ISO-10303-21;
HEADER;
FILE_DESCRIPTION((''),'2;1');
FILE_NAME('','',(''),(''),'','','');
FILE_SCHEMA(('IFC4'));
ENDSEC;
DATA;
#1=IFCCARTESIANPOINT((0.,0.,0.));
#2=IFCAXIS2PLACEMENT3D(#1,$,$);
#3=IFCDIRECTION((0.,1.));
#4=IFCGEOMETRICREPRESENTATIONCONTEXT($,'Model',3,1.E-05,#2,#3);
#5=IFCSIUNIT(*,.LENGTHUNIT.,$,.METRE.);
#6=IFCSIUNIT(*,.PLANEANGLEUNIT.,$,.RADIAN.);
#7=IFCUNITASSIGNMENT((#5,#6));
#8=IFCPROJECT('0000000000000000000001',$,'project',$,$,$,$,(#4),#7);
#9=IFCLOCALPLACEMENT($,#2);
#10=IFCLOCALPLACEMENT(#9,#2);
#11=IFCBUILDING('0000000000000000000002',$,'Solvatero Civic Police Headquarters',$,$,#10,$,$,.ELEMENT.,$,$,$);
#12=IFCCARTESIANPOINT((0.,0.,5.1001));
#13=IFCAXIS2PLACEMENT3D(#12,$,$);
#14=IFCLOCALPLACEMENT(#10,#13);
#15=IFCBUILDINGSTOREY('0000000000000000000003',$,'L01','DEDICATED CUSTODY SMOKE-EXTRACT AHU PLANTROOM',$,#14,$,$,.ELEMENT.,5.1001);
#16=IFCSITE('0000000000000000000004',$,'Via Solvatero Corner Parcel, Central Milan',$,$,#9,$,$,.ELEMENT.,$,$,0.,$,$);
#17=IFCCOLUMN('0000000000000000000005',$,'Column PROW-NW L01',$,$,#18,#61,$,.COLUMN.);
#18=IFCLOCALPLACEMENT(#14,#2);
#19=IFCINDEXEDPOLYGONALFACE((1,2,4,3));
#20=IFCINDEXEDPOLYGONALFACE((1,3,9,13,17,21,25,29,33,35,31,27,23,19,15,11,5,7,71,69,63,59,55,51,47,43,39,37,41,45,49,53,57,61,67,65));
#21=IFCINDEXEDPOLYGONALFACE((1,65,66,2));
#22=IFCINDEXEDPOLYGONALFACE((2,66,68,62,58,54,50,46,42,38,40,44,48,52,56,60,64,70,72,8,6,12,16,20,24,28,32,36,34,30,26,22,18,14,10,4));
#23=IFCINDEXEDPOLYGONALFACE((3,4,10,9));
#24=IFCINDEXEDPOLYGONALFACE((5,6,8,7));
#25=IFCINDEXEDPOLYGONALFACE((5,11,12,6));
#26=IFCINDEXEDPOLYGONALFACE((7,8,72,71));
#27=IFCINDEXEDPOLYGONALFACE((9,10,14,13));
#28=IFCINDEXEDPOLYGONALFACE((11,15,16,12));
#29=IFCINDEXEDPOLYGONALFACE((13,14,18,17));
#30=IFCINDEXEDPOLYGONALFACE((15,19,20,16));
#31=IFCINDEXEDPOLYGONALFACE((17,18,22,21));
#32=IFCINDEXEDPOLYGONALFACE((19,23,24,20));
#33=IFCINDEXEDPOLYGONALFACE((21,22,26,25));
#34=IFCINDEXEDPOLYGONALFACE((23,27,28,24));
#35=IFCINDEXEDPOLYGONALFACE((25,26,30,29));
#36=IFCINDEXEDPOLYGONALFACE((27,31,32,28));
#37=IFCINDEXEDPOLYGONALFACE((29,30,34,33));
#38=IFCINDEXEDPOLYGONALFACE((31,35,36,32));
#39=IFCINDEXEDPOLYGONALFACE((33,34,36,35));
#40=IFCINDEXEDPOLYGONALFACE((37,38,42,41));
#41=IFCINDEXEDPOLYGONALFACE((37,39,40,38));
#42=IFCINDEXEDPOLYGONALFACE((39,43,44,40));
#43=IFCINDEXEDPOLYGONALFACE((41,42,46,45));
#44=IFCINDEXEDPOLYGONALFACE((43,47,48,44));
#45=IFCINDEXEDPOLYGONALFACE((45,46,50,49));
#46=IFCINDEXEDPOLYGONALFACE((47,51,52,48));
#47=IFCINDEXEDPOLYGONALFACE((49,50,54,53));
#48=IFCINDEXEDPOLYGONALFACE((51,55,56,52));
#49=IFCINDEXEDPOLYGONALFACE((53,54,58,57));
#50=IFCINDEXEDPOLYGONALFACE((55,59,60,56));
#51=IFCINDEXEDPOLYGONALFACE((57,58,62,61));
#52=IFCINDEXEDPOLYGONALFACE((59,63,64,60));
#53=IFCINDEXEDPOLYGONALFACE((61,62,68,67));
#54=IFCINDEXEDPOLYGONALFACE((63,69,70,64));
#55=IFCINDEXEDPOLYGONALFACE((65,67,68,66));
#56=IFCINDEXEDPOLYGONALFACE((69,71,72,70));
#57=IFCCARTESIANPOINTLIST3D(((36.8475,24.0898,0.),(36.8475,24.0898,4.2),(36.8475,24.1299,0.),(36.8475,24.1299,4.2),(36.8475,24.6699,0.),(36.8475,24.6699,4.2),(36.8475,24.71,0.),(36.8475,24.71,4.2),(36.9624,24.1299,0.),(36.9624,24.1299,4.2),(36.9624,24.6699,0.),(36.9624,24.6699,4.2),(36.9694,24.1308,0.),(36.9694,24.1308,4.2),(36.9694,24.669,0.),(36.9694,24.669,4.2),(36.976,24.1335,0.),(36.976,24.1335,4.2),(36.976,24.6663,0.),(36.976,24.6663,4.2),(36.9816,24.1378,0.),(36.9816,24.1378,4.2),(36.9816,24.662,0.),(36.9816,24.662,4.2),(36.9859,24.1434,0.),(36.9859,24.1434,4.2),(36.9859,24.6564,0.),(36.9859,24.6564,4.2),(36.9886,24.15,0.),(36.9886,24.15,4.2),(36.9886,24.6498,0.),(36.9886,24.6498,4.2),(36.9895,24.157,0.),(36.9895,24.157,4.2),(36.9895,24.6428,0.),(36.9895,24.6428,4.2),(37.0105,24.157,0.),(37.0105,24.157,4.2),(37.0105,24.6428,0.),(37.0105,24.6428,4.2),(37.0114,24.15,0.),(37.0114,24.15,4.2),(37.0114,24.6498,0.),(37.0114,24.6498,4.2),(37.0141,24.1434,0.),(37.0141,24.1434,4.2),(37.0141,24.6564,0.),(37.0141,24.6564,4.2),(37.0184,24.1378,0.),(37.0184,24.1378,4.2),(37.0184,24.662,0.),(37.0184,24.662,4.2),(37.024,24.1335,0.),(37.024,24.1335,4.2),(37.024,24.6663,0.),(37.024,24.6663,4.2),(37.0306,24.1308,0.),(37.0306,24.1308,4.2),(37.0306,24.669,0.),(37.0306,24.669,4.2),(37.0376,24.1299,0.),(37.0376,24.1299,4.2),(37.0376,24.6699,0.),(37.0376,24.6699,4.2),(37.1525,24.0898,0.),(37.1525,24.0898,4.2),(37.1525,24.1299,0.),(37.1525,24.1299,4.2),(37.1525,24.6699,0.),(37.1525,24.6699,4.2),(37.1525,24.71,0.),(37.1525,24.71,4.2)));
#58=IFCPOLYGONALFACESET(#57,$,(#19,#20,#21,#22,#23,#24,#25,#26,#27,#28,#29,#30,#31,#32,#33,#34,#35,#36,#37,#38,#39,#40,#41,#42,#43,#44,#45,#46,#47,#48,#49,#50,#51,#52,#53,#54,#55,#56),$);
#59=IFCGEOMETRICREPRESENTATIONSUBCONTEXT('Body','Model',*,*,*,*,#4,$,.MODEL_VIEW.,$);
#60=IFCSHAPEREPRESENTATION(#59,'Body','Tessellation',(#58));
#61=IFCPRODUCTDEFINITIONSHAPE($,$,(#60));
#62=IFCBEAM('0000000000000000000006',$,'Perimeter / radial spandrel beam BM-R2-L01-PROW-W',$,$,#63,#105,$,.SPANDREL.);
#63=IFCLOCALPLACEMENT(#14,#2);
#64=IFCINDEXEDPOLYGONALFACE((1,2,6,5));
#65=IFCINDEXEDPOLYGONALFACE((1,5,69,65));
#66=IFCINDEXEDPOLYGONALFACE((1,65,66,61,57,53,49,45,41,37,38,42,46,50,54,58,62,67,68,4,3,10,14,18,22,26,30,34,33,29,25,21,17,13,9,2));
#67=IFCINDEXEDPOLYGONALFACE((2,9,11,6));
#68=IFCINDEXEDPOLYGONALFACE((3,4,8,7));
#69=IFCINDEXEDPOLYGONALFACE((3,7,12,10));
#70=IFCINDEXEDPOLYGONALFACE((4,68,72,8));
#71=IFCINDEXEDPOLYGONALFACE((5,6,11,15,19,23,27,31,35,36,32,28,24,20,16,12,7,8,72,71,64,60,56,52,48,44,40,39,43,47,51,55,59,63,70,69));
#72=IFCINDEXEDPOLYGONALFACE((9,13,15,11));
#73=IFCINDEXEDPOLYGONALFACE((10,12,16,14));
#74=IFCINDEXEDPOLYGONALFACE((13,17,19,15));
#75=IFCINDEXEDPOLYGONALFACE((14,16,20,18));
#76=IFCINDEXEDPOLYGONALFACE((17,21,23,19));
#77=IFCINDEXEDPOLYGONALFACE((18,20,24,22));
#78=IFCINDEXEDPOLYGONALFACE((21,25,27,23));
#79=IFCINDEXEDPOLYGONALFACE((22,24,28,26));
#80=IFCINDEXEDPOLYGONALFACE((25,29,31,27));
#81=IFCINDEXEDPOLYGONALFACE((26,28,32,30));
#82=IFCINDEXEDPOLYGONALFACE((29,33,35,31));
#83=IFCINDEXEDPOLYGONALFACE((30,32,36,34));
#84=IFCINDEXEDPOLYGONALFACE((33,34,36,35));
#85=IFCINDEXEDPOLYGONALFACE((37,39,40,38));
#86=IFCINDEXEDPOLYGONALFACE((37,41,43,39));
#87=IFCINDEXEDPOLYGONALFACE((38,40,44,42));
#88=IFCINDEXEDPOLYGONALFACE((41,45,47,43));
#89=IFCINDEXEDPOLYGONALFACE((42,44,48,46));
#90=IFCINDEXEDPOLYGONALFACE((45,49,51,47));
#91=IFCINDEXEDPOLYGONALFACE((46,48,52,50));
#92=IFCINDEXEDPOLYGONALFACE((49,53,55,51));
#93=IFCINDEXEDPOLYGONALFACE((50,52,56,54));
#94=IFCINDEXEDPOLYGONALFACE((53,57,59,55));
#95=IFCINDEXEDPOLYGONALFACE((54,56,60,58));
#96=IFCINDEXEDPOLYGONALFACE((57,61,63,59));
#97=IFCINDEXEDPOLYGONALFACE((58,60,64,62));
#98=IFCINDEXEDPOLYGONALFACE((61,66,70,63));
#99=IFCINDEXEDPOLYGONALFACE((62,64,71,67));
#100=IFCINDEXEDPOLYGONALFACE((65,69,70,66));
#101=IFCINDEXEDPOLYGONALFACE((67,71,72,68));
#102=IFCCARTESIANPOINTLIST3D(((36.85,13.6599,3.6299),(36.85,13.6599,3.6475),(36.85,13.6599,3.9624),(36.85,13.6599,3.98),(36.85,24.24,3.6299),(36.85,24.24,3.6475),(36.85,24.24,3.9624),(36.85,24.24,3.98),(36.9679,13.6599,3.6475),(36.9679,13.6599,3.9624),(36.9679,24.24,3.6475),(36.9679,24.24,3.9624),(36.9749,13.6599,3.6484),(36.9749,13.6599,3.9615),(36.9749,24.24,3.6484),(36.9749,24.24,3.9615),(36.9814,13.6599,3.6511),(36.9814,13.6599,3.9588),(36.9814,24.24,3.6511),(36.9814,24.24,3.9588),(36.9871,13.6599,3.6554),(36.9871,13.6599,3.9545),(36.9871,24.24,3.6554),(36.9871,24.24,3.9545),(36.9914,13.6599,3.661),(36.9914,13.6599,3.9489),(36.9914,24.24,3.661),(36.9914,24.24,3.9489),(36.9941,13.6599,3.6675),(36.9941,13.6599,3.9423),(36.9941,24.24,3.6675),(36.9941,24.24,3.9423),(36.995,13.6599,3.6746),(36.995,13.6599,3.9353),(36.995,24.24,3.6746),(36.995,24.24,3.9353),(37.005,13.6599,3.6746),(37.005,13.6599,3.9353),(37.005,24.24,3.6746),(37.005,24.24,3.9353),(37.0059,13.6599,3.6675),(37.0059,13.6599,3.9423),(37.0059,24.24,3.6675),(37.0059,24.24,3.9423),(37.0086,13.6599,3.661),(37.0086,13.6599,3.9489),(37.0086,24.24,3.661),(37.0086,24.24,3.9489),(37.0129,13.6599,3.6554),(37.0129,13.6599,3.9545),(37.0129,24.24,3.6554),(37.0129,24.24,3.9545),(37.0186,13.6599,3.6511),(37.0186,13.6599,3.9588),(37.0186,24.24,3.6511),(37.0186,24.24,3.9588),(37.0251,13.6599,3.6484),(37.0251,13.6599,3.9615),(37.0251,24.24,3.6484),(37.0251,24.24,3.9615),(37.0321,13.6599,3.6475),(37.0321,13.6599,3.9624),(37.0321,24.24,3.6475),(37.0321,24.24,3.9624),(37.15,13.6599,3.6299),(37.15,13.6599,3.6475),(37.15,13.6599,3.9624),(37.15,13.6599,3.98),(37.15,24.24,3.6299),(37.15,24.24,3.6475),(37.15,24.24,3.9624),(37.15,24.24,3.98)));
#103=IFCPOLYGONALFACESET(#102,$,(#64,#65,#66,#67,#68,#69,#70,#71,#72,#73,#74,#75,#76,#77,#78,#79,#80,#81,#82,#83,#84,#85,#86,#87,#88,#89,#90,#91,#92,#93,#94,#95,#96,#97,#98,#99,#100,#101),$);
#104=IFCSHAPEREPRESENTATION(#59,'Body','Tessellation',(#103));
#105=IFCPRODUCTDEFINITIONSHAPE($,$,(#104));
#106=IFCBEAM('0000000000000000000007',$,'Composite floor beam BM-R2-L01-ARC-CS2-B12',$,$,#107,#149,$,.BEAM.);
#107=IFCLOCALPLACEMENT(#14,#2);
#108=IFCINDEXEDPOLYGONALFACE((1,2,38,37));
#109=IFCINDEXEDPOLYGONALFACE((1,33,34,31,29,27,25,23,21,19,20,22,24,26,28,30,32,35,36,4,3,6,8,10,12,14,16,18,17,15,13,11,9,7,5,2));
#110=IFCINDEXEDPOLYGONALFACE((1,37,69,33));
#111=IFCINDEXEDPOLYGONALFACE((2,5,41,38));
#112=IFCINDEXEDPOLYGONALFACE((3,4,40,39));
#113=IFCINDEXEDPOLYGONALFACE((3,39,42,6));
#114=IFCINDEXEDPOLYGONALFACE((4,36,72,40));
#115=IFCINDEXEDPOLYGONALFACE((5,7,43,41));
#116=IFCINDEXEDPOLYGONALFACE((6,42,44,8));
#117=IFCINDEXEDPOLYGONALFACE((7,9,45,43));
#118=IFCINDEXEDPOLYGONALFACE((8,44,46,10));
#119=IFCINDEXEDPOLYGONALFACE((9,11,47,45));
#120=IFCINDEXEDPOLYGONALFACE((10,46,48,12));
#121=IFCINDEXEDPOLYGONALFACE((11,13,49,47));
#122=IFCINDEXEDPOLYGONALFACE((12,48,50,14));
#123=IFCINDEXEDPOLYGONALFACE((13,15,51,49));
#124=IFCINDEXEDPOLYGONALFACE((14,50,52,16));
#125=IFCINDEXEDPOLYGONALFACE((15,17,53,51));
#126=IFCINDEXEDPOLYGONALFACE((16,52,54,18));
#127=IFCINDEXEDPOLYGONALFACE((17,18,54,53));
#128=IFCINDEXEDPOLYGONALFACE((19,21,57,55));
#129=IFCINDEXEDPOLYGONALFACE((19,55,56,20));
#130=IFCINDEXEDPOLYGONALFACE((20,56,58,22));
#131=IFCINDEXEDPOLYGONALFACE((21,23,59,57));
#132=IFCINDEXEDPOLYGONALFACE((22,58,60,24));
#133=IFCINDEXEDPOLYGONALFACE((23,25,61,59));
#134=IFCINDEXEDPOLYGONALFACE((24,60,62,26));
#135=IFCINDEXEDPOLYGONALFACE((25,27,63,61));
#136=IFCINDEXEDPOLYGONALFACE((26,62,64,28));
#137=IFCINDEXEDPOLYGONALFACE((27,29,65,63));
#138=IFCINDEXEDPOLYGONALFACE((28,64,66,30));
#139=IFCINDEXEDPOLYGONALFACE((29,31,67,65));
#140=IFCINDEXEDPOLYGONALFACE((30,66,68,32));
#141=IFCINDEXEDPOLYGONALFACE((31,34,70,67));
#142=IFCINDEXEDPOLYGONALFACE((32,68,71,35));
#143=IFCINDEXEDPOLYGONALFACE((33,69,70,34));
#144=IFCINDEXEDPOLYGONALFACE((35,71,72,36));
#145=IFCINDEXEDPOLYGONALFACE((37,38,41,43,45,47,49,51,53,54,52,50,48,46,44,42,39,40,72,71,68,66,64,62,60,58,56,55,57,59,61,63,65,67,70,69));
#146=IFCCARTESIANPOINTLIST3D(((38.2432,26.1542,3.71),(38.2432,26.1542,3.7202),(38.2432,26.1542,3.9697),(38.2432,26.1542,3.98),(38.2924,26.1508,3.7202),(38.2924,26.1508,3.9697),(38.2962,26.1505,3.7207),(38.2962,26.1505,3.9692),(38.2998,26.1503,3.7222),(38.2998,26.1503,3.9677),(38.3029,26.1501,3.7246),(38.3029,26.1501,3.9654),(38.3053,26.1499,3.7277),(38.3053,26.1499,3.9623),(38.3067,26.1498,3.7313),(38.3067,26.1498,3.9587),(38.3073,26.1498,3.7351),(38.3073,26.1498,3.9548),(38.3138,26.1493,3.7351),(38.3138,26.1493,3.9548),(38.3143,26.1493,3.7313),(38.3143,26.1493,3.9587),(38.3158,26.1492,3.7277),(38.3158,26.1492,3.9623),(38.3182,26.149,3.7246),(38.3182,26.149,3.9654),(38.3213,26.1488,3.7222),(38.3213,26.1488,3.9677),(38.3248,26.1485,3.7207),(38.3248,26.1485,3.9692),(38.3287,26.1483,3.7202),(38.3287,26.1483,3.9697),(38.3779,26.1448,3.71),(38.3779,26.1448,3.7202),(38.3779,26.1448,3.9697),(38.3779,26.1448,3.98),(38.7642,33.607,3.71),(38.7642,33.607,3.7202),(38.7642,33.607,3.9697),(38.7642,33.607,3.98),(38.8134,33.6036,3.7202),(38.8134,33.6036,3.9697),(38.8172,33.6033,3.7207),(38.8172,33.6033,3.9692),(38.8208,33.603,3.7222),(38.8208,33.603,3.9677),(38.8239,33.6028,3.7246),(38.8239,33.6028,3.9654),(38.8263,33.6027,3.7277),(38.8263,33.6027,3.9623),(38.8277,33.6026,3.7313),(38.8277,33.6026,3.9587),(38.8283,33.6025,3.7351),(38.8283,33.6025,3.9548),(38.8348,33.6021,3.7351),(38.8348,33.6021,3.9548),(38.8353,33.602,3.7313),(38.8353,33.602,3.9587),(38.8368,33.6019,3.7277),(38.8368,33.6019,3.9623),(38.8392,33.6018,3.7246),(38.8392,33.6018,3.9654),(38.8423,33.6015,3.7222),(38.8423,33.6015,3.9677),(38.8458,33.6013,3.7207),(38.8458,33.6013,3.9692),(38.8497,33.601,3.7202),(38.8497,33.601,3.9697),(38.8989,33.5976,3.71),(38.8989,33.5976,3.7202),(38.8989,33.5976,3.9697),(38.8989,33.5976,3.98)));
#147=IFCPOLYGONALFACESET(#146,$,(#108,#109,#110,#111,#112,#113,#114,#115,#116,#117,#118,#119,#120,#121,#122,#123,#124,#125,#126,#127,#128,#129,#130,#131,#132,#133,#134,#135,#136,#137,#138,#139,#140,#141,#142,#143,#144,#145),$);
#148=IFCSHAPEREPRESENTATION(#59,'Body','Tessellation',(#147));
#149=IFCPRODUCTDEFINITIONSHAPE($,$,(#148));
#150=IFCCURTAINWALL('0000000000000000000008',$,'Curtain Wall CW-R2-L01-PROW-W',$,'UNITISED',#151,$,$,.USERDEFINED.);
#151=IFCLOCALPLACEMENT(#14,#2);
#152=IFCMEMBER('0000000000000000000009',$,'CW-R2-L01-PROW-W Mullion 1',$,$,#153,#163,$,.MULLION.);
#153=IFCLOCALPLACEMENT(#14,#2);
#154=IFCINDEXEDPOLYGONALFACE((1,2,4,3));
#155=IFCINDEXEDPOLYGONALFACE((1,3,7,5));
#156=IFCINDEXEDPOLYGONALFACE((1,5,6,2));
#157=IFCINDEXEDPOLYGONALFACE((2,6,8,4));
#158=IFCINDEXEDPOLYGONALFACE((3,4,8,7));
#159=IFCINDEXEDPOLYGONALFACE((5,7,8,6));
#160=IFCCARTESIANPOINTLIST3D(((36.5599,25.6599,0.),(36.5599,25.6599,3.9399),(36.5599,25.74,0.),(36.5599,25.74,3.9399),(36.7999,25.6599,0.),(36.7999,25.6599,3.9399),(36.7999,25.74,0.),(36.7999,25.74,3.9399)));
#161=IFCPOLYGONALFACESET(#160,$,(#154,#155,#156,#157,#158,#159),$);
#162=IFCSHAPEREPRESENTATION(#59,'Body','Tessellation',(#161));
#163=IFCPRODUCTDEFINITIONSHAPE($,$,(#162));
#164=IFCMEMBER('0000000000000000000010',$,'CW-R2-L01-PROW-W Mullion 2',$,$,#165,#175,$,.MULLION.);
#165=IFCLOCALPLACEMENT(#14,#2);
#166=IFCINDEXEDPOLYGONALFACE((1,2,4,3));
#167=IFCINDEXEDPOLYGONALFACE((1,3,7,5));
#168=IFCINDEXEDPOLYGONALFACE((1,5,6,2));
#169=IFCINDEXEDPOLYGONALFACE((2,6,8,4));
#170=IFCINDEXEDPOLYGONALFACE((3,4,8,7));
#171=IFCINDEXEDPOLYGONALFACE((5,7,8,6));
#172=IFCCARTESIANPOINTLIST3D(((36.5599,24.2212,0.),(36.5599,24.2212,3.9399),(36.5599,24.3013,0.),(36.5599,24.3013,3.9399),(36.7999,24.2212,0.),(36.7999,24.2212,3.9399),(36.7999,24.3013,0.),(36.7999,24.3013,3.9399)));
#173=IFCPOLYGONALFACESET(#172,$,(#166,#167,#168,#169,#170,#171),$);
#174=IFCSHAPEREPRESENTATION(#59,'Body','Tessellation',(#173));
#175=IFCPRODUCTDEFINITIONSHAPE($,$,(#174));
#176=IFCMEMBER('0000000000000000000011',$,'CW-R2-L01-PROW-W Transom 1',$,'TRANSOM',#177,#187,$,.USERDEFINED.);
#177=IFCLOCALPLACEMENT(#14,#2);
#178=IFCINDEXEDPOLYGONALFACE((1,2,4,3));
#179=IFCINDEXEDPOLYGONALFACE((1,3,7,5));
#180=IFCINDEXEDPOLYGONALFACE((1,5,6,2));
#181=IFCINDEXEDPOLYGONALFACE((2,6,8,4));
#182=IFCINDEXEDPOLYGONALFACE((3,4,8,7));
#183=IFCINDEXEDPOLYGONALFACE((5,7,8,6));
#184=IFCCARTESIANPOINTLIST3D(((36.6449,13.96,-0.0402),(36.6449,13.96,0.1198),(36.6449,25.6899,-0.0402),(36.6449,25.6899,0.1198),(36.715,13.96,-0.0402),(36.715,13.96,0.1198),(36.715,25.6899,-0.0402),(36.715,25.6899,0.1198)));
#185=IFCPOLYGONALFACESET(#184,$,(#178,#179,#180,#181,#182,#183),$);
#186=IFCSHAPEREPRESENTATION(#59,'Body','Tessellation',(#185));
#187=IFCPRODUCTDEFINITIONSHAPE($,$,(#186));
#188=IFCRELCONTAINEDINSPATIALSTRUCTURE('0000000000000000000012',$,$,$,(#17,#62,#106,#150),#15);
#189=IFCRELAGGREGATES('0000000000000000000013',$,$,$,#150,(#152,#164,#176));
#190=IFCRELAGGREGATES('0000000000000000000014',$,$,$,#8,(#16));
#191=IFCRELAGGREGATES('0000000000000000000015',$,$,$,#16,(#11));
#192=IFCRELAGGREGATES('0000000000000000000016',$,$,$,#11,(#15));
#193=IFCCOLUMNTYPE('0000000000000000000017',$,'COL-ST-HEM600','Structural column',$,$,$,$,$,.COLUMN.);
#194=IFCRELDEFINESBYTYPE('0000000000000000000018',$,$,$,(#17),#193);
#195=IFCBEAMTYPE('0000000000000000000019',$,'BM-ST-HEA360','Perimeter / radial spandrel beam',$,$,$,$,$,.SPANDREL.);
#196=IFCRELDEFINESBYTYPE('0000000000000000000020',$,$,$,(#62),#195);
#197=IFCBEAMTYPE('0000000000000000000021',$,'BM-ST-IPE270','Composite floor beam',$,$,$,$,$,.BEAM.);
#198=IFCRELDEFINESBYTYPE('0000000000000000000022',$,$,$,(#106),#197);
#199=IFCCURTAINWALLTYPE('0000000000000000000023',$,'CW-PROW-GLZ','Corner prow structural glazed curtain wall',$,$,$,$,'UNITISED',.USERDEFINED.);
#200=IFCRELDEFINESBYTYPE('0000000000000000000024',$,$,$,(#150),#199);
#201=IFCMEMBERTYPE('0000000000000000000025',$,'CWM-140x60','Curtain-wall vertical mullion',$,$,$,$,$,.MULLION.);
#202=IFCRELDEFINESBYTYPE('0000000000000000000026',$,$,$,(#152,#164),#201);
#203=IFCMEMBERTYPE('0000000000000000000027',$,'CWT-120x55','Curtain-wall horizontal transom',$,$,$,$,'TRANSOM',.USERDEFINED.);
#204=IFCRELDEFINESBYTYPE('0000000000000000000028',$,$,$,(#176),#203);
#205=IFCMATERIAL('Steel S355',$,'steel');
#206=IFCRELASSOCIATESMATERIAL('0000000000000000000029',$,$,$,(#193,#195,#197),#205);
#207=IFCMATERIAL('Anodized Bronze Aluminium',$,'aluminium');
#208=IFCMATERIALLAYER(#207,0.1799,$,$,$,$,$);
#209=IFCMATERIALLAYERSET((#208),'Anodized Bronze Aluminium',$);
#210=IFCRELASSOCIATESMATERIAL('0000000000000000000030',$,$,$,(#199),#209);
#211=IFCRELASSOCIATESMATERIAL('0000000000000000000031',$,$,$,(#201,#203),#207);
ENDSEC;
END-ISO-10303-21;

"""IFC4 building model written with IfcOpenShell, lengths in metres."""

from ifc_helpers import new_model, si_unit, direction, frame, origin, origin_2d, place, context, subcontext, project, spatial, rectangle, i_section, extrude, material, layer, layer_set, material_profile, profile_set, type_object, element, aggregate, save


model = new_model("IFC4")

# Units and contexts
model_context = context("Model", 3, precision=1e-05, world=origin(), true_north=direction((0.0, 1.0)))
body_context = subcontext(model_context, "Body", "Model", "MODEL_VIEW")
ifc_project = project(units=[si_unit("LENGTHUNIT", "METRE"), si_unit("PLANEANGLEUNIT", "RADIAN")], contexts=[model_context])

# Site, building, storey
site_placement = place(None, origin())
site = spatial("IfcSite", under=ifc_project, at=site_placement, Name="Via Solvatero Corner Parcel, Central Milan", CompositionType="ELEMENT", RefElevation=0.0)
building_placement = place(site_placement, origin())
building = spatial("IfcBuilding", under=site, at=building_placement, Name="Solvatero Civic Police Headquarters", CompositionType="ELEMENT")
storey_placement = place(building_placement, frame((0.0, 0.0, 5.1001)))
storey = spatial("IfcBuildingStorey", under=building, at=storey_placement, Name="L01", Description="DEDICATED CUSTODY SMOKE-EXTRACT AHU PLANTROOM", CompositionType="ELEMENT", Elevation=5.1001)

# Column
ifc_material_1 = material(Name="Steel S355", Category="steel")
ifc_material_profile_1 = material_profile(ifc_material_1, i_section(OverallWidth=0.3049, OverallDepth=0.6201, WebThickness=0.021, FlangeThickness=0.04, FilletRadius=0.0271, at=origin_2d()), Name="HEM 600")
ifc_profile_set_1 = profile_set([ifc_material_profile_1], Name="Steel S355")
column_type = type_object("IfcColumnType", Name="COL-ST-HEM600", Description="Structural column", PredefinedType="COLUMN", material=ifc_profile_set_1)
column_placement = place(storey_placement, frame((37.0, 24.3999, 0.0), z_axis=(0.0, 0.0, 1.0), x_axis=(1.0, 0.0, 0.0)))
element("IfcColumn", 1, at=column_placement, inside=storey, type_object=column_type, Name="Column PROW-NW L01", PredefinedType="COLUMN", context=body_context, shape_type="SweptSolid", body=[
    extrude(i_section(OverallWidth=0.3049, OverallDepth=0.6201, WebThickness=0.021, FlangeThickness=0.04, FilletRadius=0.0271, at=origin_2d()), origin(), (0.0, 0.0, 1.0), 4.2),
])

# Beams
ifc_material_profile_2 = material_profile(ifc_material_1, i_section(OverallWidth=0.3, OverallDepth=0.3501, WebThickness=0.01, FlangeThickness=0.0176, FilletRadius=0.0271, at=origin_2d()), Name="HEA 360")
ifc_profile_set_2 = profile_set([ifc_material_profile_2], Name="Steel S355")
beam_type_1 = type_object("IfcBeamType", Name="BM-ST-HEA360", Description="Perimeter / radial spandrel beam", PredefinedType="SPANDREL", material=ifc_profile_set_2)
beam_1_placement = place(storey_placement, frame((37.0, 24.24, 3.8049), z_axis=(0.0, -1.0, 0.0), x_axis=(1.0, 0.0, 0.0)))
element("IfcBeam", 2, at=beam_1_placement, inside=storey, type_object=beam_type_1, Name="Perimeter / radial spandrel beam BM-R2-L01-PROW-W", PredefinedType="SPANDREL", context=body_context, shape_type="SweptSolid", body=[
    extrude(i_section(OverallWidth=0.3, OverallDepth=0.3501, WebThickness=0.01, FlangeThickness=0.0176, FilletRadius=0.0271, at=origin_2d()), origin(), (0.0, 0.0, 1.0), 10.5801),
])
ifc_material_profile_3 = material_profile(ifc_material_1, i_section(OverallWidth=0.135, OverallDepth=0.27, WebThickness=0.0066, FlangeThickness=0.0103, FilletRadius=0.0149, at=origin_2d()), Name="IPE 270")
ifc_profile_set_3 = profile_set([ifc_material_profile_3], Name="Steel S355")
beam_type_2 = type_object("IfcBeamType", Name="BM-ST-IPE270", Description="Composite floor beam", PredefinedType="BEAM", material=ifc_profile_set_3)
beam_2_placement = place(storey_placement, frame((38.8315, 33.6023, 3.845), z_axis=(-0.069737, -0.997565, 0.0), x_axis=(0.997565, -0.069737, 0.0)))
element("IfcBeam", 3, at=beam_2_placement, inside=storey, type_object=beam_type_2, Name="Composite floor beam BM-R2-L01-ARC-CS2-B12", PredefinedType="BEAM", context=body_context, shape_type="SweptSolid", body=[
    extrude(i_section(OverallWidth=0.135, OverallDepth=0.27, WebThickness=0.0066, FlangeThickness=0.0103, FilletRadius=0.0149, at=origin_2d()), origin(), (0.0, 0.0, 1.0), 7.4709),
])

# Curtain wall, members
ifc_material_2 = material(Name="Anodized Bronze Aluminium", Category="aluminium")
ifc_layer_1 = layer(ifc_material_2, 0.1799)
ifc_layer_set_1 = layer_set([ifc_layer_1], Name="Anodized Bronze Aluminium")
curtain_wall_type = type_object("IfcCurtainWallType", Name="CW-PROW-GLZ", Description="Corner prow structural glazed curtain wall", ElementType="UNITISED", PredefinedType="USERDEFINED", material=ifc_layer_set_1)
curtain_wall_placement = place(storey_placement, origin())
curtain_wall = element("IfcCurtainWall", 4, at=curtain_wall_placement, inside=storey, type_object=curtain_wall_type, Name="Curtain Wall CW-R2-L01-PROW-W", ObjectType="UNITISED", PredefinedType="USERDEFINED")
ifc_material_profile_4 = material_profile(ifc_material_2, rectangle(XDim=0.0801, YDim=0.24, at=origin_2d()), Name="ALU MULLION 80x240")
ifc_profile_set_4 = profile_set([ifc_material_profile_4], Name="Anodized Bronze Aluminium")
member_type_1 = type_object("IfcMemberType", Name="CWM-140x60", Description="Curtain-wall vertical mullion", PredefinedType="MULLION", material=ifc_profile_set_4)
member_1_placement = place(storey_placement, frame((36.6799, 25.7, 0.0), z_axis=(0.0, 0.0, 1.0), x_axis=(0.0, -1.0, 0.0)))
member_1 = element("IfcMember", 5, at=member_1_placement, type_object=member_type_1, Name="CW-R2-L01-PROW-W Mullion 1", PredefinedType="MULLION", context=body_context, shape_type="SweptSolid", body=[
    extrude(rectangle(XDim=0.0801, YDim=0.24, at=origin_2d()), origin(), (0.0, 0.0, 1.0), 3.9399),
])
member_2_placement = place(storey_placement, frame((36.6799, 24.2612, 0.0), z_axis=(0.0, 0.0, 1.0), x_axis=(0.0, -1.0, 0.0)))
member_2 = element("IfcMember", 6, at=member_2_placement, type_object=member_type_1, Name="CW-R2-L01-PROW-W Mullion 2", PredefinedType="MULLION", context=body_context, shape_type="SweptSolid", body=[
    extrude(rectangle(XDim=0.0801, YDim=0.24, at=origin_2d()), origin(), (0.0, 0.0, 1.0), 3.9399),
])
ifc_material_profile_5 = material_profile(ifc_material_2, rectangle(XDim=0.0701, YDim=0.1599, at=origin_2d()), Name="ALU TRANSOM 70x160")
ifc_profile_set_5 = profile_set([ifc_material_profile_5], Name="Anodized Bronze Aluminium")
member_type_2 = type_object("IfcMemberType", Name="CWT-120x55", Description="Curtain-wall horizontal transom", ElementType="TRANSOM", PredefinedType="USERDEFINED", material=ifc_profile_set_5)
member_3_placement = place(storey_placement, frame((36.6799, 25.6899, 0.0398), z_axis=(0.0, -1.0, 0.0), x_axis=(1.0, 0.0, 0.0)))
member_3 = element("IfcMember", 7, at=member_3_placement, type_object=member_type_2, Name="CW-R2-L01-PROW-W Transom 1", ObjectType="TRANSOM", PredefinedType="USERDEFINED", context=body_context, shape_type="SweptSolid", body=[
    extrude(rectangle(XDim=0.0701, YDim=0.1599, at=origin_2d()), origin(), (0.0, 0.0, 1.0), 11.73),
])
aggregate(curtain_wall, [member_1, member_2, member_3])

save(model, "model.ifc")
